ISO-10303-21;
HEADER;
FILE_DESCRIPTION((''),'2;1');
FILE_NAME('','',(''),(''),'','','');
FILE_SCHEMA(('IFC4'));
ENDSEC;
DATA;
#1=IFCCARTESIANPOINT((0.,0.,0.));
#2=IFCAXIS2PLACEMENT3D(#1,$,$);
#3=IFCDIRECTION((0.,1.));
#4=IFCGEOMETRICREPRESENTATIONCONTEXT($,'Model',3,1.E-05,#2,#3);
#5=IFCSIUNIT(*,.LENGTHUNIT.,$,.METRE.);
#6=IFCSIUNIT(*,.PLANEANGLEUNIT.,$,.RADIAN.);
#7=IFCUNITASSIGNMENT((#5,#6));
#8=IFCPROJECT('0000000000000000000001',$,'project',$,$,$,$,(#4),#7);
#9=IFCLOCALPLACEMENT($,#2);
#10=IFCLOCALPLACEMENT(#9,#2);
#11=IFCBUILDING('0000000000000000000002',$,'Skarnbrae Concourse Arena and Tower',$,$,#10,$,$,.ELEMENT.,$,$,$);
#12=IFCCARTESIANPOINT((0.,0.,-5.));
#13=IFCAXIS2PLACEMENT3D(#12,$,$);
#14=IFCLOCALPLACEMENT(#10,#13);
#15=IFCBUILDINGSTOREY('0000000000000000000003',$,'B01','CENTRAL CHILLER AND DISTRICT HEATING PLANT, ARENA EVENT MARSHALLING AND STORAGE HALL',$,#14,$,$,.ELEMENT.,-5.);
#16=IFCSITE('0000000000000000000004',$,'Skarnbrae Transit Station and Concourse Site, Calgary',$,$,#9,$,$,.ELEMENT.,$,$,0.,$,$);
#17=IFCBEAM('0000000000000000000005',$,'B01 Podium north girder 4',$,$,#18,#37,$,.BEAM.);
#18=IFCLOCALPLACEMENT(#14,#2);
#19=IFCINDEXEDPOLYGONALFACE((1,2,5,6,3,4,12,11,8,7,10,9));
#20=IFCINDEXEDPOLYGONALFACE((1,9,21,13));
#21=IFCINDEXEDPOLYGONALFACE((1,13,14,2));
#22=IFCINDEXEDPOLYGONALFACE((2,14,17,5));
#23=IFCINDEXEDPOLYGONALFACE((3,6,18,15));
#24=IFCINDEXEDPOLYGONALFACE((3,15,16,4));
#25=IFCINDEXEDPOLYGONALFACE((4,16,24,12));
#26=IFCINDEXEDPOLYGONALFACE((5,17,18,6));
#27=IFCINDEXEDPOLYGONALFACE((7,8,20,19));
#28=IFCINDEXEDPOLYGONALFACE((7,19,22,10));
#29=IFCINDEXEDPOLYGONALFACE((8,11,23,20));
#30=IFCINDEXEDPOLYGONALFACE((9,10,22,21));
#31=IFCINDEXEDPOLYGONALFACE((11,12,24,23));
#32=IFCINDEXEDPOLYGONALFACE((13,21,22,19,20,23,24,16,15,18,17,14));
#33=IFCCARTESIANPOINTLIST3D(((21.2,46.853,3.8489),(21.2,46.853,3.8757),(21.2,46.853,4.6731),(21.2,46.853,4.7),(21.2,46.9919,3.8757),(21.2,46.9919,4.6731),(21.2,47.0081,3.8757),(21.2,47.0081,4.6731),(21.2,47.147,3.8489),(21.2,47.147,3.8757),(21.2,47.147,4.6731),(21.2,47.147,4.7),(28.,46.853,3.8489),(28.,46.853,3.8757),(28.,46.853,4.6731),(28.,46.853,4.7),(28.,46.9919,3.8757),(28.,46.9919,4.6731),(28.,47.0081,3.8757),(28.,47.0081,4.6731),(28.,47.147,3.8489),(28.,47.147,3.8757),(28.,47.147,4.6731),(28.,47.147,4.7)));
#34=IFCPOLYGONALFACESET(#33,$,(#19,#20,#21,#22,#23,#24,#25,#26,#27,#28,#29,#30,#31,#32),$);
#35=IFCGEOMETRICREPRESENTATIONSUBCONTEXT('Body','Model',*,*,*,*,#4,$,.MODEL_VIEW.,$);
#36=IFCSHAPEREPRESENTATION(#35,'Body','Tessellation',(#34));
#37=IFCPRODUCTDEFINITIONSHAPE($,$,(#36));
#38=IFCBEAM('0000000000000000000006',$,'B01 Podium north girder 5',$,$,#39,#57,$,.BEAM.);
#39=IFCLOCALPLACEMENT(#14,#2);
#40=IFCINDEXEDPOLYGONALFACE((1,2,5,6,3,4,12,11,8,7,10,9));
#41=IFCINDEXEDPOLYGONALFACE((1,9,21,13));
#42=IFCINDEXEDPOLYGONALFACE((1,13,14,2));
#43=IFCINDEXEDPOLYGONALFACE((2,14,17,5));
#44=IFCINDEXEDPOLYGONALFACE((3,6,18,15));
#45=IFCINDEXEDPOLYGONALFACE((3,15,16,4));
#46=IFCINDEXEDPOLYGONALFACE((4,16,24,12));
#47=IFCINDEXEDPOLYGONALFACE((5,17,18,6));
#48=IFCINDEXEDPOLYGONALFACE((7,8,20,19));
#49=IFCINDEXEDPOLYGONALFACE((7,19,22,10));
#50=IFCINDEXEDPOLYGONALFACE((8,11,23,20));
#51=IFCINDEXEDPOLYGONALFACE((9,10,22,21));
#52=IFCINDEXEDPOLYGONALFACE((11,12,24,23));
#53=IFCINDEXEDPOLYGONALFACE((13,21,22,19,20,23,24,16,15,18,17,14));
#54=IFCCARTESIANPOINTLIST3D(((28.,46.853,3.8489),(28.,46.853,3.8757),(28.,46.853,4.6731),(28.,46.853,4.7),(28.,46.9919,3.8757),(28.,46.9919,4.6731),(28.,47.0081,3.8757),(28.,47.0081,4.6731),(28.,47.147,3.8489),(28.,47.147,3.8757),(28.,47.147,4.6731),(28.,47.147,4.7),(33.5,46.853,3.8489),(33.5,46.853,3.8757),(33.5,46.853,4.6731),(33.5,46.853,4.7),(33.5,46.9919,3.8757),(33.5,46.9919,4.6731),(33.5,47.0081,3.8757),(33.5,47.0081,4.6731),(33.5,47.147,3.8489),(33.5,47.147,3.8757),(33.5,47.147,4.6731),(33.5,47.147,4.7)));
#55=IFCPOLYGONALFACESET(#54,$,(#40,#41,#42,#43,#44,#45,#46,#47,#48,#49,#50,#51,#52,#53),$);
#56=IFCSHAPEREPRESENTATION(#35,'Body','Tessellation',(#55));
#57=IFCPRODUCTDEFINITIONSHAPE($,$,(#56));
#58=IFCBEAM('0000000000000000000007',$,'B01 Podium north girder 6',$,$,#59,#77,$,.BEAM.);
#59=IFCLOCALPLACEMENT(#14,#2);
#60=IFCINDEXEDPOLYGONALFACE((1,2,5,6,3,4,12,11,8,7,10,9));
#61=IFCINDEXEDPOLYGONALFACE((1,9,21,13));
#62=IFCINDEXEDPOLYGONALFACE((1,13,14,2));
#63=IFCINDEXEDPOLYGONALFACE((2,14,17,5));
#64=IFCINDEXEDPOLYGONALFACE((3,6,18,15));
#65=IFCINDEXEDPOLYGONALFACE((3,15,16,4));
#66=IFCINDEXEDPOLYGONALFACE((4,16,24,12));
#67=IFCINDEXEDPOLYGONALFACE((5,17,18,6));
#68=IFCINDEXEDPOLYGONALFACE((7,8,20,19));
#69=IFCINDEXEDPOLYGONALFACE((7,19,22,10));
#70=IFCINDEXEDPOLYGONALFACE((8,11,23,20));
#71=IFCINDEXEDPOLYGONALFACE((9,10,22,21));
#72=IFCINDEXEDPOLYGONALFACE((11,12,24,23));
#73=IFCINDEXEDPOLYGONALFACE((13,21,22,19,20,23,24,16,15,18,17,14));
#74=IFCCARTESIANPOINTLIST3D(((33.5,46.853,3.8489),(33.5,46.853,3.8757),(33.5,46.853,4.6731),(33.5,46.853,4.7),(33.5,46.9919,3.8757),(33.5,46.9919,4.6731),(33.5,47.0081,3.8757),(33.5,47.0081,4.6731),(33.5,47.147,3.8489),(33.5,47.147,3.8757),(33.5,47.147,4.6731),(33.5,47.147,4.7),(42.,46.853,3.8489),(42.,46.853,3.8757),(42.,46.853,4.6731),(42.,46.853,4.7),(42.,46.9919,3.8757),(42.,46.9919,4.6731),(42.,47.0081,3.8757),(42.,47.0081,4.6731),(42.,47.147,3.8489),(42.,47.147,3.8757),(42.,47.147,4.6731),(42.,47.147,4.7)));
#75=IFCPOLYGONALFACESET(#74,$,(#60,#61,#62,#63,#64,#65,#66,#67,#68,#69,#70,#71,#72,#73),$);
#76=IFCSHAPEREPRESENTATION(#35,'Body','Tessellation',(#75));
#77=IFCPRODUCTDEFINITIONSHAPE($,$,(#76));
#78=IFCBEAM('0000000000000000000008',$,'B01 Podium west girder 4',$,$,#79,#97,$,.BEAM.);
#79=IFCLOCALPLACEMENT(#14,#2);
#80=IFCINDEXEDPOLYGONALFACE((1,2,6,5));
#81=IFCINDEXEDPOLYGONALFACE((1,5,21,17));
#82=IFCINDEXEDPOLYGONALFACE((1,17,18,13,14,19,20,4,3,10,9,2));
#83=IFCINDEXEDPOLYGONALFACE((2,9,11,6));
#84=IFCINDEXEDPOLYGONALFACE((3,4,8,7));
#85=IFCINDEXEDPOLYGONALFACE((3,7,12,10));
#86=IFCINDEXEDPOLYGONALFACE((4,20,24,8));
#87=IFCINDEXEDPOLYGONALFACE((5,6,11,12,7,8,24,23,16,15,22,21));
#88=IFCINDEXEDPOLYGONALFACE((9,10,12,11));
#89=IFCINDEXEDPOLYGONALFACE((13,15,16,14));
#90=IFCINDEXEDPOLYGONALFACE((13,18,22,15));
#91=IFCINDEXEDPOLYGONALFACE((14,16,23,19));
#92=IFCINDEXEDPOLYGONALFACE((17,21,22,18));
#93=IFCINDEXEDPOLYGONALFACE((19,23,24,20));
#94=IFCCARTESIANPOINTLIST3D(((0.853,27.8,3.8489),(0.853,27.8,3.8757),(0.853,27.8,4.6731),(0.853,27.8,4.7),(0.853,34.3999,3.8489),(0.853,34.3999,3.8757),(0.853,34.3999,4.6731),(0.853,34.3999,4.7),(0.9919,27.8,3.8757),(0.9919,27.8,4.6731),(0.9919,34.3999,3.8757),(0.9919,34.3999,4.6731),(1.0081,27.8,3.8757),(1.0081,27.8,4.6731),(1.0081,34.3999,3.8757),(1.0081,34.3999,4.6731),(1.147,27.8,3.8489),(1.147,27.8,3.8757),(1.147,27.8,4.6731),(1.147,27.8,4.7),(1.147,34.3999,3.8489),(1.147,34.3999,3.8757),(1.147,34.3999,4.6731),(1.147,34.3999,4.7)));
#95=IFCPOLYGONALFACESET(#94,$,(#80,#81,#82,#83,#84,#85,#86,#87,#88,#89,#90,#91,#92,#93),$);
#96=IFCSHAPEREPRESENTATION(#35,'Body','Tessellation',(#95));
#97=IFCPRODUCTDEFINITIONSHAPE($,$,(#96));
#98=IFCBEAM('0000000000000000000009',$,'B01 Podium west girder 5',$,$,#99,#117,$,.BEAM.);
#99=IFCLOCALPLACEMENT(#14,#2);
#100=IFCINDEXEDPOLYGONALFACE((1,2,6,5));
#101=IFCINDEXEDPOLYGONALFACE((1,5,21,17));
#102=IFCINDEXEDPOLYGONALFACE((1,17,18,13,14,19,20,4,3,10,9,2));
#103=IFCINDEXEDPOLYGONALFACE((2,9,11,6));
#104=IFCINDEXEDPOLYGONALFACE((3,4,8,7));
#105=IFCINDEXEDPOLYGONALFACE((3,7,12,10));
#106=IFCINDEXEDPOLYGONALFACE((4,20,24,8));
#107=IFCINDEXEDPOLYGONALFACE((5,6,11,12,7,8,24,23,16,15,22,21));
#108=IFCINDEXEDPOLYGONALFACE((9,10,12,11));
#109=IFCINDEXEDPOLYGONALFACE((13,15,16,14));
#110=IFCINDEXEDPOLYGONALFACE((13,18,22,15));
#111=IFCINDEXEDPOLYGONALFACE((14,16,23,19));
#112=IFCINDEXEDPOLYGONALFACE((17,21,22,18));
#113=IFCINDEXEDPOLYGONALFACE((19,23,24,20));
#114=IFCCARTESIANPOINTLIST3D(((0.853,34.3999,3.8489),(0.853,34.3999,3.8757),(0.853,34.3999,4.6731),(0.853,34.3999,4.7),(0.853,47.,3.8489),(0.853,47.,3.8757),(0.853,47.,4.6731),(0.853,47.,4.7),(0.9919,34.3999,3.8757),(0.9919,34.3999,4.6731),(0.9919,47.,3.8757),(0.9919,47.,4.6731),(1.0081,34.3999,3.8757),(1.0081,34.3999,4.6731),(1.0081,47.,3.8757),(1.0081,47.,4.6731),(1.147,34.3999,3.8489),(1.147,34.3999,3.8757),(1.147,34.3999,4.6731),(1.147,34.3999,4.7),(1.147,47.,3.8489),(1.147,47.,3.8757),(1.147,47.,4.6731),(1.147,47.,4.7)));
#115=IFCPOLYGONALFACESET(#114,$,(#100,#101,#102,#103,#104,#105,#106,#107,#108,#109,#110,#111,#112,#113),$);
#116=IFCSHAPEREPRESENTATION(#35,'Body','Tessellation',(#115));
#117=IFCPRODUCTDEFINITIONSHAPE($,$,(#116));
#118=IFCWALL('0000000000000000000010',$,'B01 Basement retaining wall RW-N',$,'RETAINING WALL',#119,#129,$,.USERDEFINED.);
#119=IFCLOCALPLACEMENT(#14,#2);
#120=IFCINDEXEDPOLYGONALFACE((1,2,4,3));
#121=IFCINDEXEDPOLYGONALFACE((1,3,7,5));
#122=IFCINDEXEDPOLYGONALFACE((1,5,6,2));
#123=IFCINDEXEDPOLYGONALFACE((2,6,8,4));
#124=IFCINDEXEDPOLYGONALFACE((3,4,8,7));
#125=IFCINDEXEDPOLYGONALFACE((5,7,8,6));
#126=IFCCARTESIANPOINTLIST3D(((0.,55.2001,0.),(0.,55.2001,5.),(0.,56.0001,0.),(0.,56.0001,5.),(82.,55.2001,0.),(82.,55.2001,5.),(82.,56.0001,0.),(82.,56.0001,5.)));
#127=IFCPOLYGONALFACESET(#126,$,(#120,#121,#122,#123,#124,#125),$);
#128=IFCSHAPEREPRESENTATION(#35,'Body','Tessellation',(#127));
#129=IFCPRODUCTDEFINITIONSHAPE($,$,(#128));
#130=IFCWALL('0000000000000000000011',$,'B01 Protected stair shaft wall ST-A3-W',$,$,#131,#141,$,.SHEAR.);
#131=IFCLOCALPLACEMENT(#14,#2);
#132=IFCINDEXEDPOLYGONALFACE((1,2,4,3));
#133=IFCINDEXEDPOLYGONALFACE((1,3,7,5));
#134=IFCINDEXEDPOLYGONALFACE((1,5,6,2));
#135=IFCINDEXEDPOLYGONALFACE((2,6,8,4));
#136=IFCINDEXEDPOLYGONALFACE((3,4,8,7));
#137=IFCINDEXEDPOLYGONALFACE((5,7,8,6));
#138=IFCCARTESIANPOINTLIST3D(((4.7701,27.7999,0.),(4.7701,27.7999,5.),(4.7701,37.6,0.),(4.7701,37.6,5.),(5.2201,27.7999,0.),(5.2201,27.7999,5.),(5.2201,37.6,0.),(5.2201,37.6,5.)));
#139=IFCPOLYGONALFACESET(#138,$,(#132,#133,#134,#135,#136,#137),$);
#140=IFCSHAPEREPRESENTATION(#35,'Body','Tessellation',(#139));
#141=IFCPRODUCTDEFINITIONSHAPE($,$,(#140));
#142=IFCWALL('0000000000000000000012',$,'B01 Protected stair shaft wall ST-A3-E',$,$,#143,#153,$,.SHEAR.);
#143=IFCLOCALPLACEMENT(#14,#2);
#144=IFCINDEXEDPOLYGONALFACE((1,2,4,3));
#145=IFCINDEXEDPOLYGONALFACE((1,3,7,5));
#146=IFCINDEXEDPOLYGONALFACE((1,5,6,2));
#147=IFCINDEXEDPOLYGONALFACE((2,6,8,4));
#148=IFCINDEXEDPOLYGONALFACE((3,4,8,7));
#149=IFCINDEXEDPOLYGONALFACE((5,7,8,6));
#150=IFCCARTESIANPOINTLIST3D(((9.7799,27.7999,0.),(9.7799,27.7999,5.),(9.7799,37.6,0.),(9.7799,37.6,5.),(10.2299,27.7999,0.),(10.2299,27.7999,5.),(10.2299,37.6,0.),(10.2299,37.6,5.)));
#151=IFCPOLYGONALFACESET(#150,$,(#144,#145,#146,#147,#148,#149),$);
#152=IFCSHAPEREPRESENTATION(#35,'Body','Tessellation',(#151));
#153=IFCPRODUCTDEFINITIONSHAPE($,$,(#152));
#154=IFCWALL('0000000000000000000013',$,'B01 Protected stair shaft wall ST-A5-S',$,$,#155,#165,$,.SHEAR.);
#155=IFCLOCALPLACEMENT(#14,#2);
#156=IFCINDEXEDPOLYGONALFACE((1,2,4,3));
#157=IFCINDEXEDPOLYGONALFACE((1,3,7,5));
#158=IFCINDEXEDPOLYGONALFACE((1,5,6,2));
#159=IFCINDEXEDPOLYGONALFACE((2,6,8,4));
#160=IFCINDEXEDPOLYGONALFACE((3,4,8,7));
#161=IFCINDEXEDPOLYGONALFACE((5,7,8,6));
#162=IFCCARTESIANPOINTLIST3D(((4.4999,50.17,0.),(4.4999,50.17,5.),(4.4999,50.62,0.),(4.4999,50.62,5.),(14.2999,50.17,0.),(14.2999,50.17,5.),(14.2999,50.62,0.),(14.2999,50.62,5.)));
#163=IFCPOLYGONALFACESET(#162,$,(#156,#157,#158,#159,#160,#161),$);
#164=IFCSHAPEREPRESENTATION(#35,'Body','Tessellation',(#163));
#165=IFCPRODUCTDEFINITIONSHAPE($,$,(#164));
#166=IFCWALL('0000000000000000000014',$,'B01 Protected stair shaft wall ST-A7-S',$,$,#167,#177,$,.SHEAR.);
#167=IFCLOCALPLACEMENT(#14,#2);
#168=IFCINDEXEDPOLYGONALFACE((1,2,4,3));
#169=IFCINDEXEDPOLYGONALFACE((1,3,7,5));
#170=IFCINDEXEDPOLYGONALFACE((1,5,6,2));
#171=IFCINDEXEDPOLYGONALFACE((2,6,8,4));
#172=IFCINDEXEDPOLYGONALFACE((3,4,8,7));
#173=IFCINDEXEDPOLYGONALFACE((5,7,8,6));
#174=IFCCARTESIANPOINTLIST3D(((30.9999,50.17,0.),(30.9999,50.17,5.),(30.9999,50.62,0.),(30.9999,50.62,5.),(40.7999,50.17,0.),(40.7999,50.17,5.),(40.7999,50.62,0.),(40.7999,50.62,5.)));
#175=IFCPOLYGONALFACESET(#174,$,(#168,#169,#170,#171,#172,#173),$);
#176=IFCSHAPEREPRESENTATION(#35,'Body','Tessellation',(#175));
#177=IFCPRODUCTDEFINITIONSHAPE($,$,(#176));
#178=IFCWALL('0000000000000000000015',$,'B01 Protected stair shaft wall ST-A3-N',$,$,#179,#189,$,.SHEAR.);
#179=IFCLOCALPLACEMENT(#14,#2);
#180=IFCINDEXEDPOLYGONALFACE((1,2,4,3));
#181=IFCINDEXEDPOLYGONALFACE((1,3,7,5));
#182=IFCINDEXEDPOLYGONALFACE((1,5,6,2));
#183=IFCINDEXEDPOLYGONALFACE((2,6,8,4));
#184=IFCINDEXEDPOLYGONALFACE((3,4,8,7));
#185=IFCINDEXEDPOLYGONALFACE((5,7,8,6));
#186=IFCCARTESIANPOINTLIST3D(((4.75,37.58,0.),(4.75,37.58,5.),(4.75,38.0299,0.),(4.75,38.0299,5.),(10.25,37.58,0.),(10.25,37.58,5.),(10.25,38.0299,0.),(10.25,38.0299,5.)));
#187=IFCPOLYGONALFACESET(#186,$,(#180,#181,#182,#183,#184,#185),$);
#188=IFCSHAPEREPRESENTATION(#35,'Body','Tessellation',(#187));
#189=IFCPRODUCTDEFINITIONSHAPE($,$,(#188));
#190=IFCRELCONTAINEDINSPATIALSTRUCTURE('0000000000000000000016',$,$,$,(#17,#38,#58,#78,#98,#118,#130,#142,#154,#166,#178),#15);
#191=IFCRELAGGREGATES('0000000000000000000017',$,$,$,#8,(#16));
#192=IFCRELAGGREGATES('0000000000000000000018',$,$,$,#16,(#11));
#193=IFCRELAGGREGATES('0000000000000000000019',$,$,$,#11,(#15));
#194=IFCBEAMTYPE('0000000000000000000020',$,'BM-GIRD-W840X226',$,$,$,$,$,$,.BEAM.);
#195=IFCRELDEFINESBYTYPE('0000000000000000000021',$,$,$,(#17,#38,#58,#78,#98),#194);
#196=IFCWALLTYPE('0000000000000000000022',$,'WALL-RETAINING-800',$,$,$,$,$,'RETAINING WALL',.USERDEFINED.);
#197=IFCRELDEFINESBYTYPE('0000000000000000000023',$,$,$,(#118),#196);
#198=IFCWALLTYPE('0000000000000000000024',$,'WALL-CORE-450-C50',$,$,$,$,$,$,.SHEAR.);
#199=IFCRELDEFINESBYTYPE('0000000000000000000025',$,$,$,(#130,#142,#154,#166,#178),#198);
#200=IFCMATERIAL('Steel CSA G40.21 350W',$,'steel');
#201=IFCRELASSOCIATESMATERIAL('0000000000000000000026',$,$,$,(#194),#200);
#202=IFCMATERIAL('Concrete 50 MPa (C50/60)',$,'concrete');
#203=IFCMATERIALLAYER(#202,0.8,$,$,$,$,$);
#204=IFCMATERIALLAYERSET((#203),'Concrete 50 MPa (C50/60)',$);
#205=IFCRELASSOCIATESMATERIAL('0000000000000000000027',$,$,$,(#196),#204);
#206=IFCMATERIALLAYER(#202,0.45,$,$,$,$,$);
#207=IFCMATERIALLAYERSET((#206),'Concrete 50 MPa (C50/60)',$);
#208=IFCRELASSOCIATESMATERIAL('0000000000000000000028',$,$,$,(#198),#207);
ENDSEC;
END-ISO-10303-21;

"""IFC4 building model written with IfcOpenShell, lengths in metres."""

from ifc_helpers import new_model, si_unit, direction, frame, frame_2d, origin, origin_2d, place, context, subcontext, project, spatial, rectangle, i_section, extrude, source, transform, mapped, material, layer, layer_set, material_profile, profile_set, type_object, element, save


model = new_model("IFC4")

# Units and contexts
model_context = context("Model", 3, precision=1e-05, world=origin(), true_north=direction((0.0, 1.0)))
body_context = subcontext(model_context, "Body", "Model", "MODEL_VIEW")
ifc_project = project(units=[si_unit("LENGTHUNIT", "METRE"), si_unit("PLANEANGLEUNIT", "RADIAN")], contexts=[model_context])

# Site, building, storey
site_placement = place(None, origin())
site = spatial("IfcSite", under=ifc_project, at=site_placement, Name="Skarnbrae Transit Station and Concourse Site, Calgary", CompositionType="ELEMENT", RefElevation=0.0)
building_placement = place(site_placement, origin())
building = spatial("IfcBuilding", under=site, at=building_placement, Name="Skarnbrae Concourse Arena and Tower", CompositionType="ELEMENT")
storey_placement = place(building_placement, frame((0.0, 0.0, -5.0)))
storey = spatial("IfcBuildingStorey", under=building, at=storey_placement, Name="B01", Description="CENTRAL CHILLER AND DISTRICT HEATING PLANT, ARENA EVENT MARSHALLING AND STORAGE HALL", CompositionType="ELEMENT", Elevation=-5.0)

# Shared definitions
ifc_material_1 = material(Name="Steel CSA G40.21 350W", Category="steel")

# Beams
ifc_material_profile_1 = material_profile(ifc_material_1, i_section(OverallWidth=0.2939, OverallDepth=0.8511, WebThickness=0.0161, FlangeThickness=0.0269, at=origin_2d()), Name="W840X226")
ifc_profile_set_1 = profile_set([ifc_material_profile_1], Name="Steel CSA G40.21 350W")
beam_type = type_object("IfcBeamType", Name="BM-GIRD-W840X226", PredefinedType="BEAM", material=ifc_profile_set_1)
shared_shape_1 = source(origin(), body_context, "Body", "SweptSolid", [
    extrude(i_section(OverallWidth=0.2939, OverallDepth=0.8511, WebThickness=0.0161, FlangeThickness=0.0269, at=origin_2d()), origin(), (0.0, 0.0, 1.0), 6.8),
])
for number, where, z_axis, x_axis, name in (
    (1, (21.2, 47.0, 4.2744), (1.0, 0.0, 0.0), (0.0, 1.0, 0.0), "B01 Podium north girder 4"),
):
    element("IfcBeam", number, at=place(storey_placement, frame(where, z_axis=z_axis, x_axis=x_axis)), inside=storey, type_object=beam_type, Name=name, PredefinedType="BEAM", context=body_context, shape_type="MappedRepresentation", body=[
        mapped(shared_shape_1, transform((0.0, 0.0, 0.0))),
    ])
shared_shape_2 = source(origin(), body_context, "Body", "SweptSolid", [
    extrude(i_section(OverallWidth=0.2939, OverallDepth=0.8511, WebThickness=0.0161, FlangeThickness=0.0269, at=origin_2d()), origin(), (0.0, 0.0, 1.0), 5.5),
])
beam_1_placement = place(storey_placement, frame((28.0, 47.0, 4.2744), z_axis=(1.0, 0.0, 0.0), x_axis=(0.0, 1.0, 0.0)))
element("IfcBeam", 2, at=beam_1_placement, inside=storey, type_object=beam_type, Name="B01 Podium north girder 5", PredefinedType="BEAM", context=body_context, shape_type="MappedRepresentation", body=[
    mapped(shared_shape_2, transform((0.0, 0.0, 0.0))),
])
shared_shape_3 = source(origin(), body_context, "Body", "SweptSolid", [
    extrude(i_section(OverallWidth=0.2939, OverallDepth=0.8511, WebThickness=0.0161, FlangeThickness=0.0269, at=origin_2d()), origin(), (0.0, 0.0, 1.0), 8.5),
])
beam_2_placement = place(storey_placement, frame((33.5, 47.0, 4.2744), z_axis=(1.0, 0.0, 0.0), x_axis=(0.0, 1.0, 0.0)))
element("IfcBeam", 3, at=beam_2_placement, inside=storey, type_object=beam_type, Name="B01 Podium north girder 6", PredefinedType="BEAM", context=body_context, shape_type="MappedRepresentation", body=[
    mapped(shared_shape_3, transform((0.0, 0.0, 0.0))),
])
shared_shape_4 = source(origin(), body_context, "Body", "SweptSolid", [
    extrude(i_section(OverallWidth=0.2939, OverallDepth=0.8511, WebThickness=0.0161, FlangeThickness=0.0269, at=origin_2d()), origin(), (0.0, 0.0, 1.0), 6.5999),
])
beam_3_placement = place(storey_placement, frame((1.0, 27.8, 4.2744), z_axis=(0.0, 1.0, 0.0), x_axis=(-1.0, 0.0, 0.0)))
element("IfcBeam", 4, at=beam_3_placement, inside=storey, type_object=beam_type, Name="B01 Podium west girder 4", PredefinedType="BEAM", context=body_context, shape_type="MappedRepresentation", body=[
    mapped(shared_shape_4, transform((0.0, 0.0, 0.0))),
])
shared_shape_5 = source(origin(), body_context, "Body", "SweptSolid", [
    extrude(i_section(OverallWidth=0.2939, OverallDepth=0.8511, WebThickness=0.0161, FlangeThickness=0.0269, at=origin_2d()), origin(), (0.0, 0.0, 1.0), 12.6001),
])
beam_4_placement = place(storey_placement, frame((1.0, 34.3999, 4.2744), z_axis=(0.0, 1.0, 0.0), x_axis=(-1.0, 0.0, 0.0)))
element("IfcBeam", 5, at=beam_4_placement, inside=storey, type_object=beam_type, Name="B01 Podium west girder 5", PredefinedType="BEAM", context=body_context, shape_type="MappedRepresentation", body=[
    mapped(shared_shape_5, transform((0.0, 0.0, 0.0))),
])

# Walls
ifc_material_2 = material(Name="Concrete 50 MPa (C50/60)", Category="concrete")
ifc_layer_1 = layer(ifc_material_2, 0.8)
ifc_layer_set_1 = layer_set([ifc_layer_1], Name="Concrete 50 MPa (C50/60)")
wall_type_1 = type_object("IfcWallType", Name="WALL-RETAINING-800", ElementType="RETAINING WALL", PredefinedType="USERDEFINED", material=ifc_layer_set_1)
shared_shape_6 = source(origin(), body_context, "Body", "SweptSolid", [
    extrude(rectangle(XDim=82.0, YDim=0.8, at=frame_2d((41.0, 0.0))), origin(), (0.0, 0.0, 1.0), 5.0),
])
wall_1_placement = place(storey_placement, frame((0.0, 55.6001, 0.0), z_axis=(0.0, 0.0, 1.0), x_axis=(1.0, 0.0, 0.0)))
element("IfcWall", 6, at=wall_1_placement, inside=storey, type_object=wall_type_1, Name="B01 Basement retaining wall RW-N", ObjectType="RETAINING WALL", PredefinedType="USERDEFINED", context=body_context, shape_type="MappedRepresentation", body=[
    mapped(shared_shape_6, transform((0.0, 0.0, 0.0))),
])
ifc_layer_2 = layer(ifc_material_2, 0.45)
ifc_layer_set_2 = layer_set([ifc_layer_2], Name="Concrete 50 MPa (C50/60)")
wall_type_2 = type_object("IfcWallType", Name="WALL-CORE-450-C50", PredefinedType="SHEAR", material=ifc_layer_set_2)
shared_shape_7 = source(origin(), body_context, "Body", "SweptSolid", [
    extrude(rectangle(XDim=9.8, YDim=0.45, at=frame_2d((4.8999, 0.0))), origin(), (0.0, 0.0, 1.0), 5.0),
])
for number, where, z_axis, x_axis, name in (
    (7, (4.9951, 27.8, 0.0), (0.0, 0.0, 1.0), (0.0, 1.0, 0.0), "B01 Protected stair shaft wall ST-A3-W"),
    (8, (10.0049, 27.8, 0.0), (0.0, 0.0, 1.0), (0.0, 1.0, 0.0), "B01 Protected stair shaft wall ST-A3-E"),
    (9, (4.5, 50.395, 0.0), (0.0, 0.0, 1.0), (1.0, 0.0, 0.0), "B01 Protected stair shaft wall ST-A5-S"),
    (10, (31.0, 50.395, 0.0), (0.0, 0.0, 1.0), (1.0, 0.0, 0.0), "B01 Protected stair shaft wall ST-A7-S"),
):
    element("IfcWall", number, at=place(storey_placement, frame(where, z_axis=z_axis, x_axis=x_axis)), inside=storey, type_object=wall_type_2, Name=name, PredefinedType="SHEAR", context=body_context, shape_type="MappedRepresentation", body=[
        mapped(shared_shape_7, transform((0.0, 0.0, 0.0))),
    ])
shared_shape_8 = source(origin(), body_context, "Body", "SweptSolid", [
    extrude(rectangle(XDim=5.5, YDim=0.45, at=frame_2d((2.75, 0.0))), origin(), (0.0, 0.0, 1.0), 5.0),
])
wall_2_placement = place(storey_placement, frame((4.75, 37.8049, 0.0), z_axis=(0.0, 0.0, 1.0), x_axis=(1.0, 0.0, 0.0)))
element("IfcWall", 11, at=wall_2_placement, inside=storey, type_object=wall_type_2, Name="B01 Protected stair shaft wall ST-A3-N", PredefinedType="SHEAR", context=body_context, shape_type="MappedRepresentation", body=[
    mapped(shared_shape_8, transform((0.0, 0.0, 0.0))),
])

save(model, "model.ifc")
